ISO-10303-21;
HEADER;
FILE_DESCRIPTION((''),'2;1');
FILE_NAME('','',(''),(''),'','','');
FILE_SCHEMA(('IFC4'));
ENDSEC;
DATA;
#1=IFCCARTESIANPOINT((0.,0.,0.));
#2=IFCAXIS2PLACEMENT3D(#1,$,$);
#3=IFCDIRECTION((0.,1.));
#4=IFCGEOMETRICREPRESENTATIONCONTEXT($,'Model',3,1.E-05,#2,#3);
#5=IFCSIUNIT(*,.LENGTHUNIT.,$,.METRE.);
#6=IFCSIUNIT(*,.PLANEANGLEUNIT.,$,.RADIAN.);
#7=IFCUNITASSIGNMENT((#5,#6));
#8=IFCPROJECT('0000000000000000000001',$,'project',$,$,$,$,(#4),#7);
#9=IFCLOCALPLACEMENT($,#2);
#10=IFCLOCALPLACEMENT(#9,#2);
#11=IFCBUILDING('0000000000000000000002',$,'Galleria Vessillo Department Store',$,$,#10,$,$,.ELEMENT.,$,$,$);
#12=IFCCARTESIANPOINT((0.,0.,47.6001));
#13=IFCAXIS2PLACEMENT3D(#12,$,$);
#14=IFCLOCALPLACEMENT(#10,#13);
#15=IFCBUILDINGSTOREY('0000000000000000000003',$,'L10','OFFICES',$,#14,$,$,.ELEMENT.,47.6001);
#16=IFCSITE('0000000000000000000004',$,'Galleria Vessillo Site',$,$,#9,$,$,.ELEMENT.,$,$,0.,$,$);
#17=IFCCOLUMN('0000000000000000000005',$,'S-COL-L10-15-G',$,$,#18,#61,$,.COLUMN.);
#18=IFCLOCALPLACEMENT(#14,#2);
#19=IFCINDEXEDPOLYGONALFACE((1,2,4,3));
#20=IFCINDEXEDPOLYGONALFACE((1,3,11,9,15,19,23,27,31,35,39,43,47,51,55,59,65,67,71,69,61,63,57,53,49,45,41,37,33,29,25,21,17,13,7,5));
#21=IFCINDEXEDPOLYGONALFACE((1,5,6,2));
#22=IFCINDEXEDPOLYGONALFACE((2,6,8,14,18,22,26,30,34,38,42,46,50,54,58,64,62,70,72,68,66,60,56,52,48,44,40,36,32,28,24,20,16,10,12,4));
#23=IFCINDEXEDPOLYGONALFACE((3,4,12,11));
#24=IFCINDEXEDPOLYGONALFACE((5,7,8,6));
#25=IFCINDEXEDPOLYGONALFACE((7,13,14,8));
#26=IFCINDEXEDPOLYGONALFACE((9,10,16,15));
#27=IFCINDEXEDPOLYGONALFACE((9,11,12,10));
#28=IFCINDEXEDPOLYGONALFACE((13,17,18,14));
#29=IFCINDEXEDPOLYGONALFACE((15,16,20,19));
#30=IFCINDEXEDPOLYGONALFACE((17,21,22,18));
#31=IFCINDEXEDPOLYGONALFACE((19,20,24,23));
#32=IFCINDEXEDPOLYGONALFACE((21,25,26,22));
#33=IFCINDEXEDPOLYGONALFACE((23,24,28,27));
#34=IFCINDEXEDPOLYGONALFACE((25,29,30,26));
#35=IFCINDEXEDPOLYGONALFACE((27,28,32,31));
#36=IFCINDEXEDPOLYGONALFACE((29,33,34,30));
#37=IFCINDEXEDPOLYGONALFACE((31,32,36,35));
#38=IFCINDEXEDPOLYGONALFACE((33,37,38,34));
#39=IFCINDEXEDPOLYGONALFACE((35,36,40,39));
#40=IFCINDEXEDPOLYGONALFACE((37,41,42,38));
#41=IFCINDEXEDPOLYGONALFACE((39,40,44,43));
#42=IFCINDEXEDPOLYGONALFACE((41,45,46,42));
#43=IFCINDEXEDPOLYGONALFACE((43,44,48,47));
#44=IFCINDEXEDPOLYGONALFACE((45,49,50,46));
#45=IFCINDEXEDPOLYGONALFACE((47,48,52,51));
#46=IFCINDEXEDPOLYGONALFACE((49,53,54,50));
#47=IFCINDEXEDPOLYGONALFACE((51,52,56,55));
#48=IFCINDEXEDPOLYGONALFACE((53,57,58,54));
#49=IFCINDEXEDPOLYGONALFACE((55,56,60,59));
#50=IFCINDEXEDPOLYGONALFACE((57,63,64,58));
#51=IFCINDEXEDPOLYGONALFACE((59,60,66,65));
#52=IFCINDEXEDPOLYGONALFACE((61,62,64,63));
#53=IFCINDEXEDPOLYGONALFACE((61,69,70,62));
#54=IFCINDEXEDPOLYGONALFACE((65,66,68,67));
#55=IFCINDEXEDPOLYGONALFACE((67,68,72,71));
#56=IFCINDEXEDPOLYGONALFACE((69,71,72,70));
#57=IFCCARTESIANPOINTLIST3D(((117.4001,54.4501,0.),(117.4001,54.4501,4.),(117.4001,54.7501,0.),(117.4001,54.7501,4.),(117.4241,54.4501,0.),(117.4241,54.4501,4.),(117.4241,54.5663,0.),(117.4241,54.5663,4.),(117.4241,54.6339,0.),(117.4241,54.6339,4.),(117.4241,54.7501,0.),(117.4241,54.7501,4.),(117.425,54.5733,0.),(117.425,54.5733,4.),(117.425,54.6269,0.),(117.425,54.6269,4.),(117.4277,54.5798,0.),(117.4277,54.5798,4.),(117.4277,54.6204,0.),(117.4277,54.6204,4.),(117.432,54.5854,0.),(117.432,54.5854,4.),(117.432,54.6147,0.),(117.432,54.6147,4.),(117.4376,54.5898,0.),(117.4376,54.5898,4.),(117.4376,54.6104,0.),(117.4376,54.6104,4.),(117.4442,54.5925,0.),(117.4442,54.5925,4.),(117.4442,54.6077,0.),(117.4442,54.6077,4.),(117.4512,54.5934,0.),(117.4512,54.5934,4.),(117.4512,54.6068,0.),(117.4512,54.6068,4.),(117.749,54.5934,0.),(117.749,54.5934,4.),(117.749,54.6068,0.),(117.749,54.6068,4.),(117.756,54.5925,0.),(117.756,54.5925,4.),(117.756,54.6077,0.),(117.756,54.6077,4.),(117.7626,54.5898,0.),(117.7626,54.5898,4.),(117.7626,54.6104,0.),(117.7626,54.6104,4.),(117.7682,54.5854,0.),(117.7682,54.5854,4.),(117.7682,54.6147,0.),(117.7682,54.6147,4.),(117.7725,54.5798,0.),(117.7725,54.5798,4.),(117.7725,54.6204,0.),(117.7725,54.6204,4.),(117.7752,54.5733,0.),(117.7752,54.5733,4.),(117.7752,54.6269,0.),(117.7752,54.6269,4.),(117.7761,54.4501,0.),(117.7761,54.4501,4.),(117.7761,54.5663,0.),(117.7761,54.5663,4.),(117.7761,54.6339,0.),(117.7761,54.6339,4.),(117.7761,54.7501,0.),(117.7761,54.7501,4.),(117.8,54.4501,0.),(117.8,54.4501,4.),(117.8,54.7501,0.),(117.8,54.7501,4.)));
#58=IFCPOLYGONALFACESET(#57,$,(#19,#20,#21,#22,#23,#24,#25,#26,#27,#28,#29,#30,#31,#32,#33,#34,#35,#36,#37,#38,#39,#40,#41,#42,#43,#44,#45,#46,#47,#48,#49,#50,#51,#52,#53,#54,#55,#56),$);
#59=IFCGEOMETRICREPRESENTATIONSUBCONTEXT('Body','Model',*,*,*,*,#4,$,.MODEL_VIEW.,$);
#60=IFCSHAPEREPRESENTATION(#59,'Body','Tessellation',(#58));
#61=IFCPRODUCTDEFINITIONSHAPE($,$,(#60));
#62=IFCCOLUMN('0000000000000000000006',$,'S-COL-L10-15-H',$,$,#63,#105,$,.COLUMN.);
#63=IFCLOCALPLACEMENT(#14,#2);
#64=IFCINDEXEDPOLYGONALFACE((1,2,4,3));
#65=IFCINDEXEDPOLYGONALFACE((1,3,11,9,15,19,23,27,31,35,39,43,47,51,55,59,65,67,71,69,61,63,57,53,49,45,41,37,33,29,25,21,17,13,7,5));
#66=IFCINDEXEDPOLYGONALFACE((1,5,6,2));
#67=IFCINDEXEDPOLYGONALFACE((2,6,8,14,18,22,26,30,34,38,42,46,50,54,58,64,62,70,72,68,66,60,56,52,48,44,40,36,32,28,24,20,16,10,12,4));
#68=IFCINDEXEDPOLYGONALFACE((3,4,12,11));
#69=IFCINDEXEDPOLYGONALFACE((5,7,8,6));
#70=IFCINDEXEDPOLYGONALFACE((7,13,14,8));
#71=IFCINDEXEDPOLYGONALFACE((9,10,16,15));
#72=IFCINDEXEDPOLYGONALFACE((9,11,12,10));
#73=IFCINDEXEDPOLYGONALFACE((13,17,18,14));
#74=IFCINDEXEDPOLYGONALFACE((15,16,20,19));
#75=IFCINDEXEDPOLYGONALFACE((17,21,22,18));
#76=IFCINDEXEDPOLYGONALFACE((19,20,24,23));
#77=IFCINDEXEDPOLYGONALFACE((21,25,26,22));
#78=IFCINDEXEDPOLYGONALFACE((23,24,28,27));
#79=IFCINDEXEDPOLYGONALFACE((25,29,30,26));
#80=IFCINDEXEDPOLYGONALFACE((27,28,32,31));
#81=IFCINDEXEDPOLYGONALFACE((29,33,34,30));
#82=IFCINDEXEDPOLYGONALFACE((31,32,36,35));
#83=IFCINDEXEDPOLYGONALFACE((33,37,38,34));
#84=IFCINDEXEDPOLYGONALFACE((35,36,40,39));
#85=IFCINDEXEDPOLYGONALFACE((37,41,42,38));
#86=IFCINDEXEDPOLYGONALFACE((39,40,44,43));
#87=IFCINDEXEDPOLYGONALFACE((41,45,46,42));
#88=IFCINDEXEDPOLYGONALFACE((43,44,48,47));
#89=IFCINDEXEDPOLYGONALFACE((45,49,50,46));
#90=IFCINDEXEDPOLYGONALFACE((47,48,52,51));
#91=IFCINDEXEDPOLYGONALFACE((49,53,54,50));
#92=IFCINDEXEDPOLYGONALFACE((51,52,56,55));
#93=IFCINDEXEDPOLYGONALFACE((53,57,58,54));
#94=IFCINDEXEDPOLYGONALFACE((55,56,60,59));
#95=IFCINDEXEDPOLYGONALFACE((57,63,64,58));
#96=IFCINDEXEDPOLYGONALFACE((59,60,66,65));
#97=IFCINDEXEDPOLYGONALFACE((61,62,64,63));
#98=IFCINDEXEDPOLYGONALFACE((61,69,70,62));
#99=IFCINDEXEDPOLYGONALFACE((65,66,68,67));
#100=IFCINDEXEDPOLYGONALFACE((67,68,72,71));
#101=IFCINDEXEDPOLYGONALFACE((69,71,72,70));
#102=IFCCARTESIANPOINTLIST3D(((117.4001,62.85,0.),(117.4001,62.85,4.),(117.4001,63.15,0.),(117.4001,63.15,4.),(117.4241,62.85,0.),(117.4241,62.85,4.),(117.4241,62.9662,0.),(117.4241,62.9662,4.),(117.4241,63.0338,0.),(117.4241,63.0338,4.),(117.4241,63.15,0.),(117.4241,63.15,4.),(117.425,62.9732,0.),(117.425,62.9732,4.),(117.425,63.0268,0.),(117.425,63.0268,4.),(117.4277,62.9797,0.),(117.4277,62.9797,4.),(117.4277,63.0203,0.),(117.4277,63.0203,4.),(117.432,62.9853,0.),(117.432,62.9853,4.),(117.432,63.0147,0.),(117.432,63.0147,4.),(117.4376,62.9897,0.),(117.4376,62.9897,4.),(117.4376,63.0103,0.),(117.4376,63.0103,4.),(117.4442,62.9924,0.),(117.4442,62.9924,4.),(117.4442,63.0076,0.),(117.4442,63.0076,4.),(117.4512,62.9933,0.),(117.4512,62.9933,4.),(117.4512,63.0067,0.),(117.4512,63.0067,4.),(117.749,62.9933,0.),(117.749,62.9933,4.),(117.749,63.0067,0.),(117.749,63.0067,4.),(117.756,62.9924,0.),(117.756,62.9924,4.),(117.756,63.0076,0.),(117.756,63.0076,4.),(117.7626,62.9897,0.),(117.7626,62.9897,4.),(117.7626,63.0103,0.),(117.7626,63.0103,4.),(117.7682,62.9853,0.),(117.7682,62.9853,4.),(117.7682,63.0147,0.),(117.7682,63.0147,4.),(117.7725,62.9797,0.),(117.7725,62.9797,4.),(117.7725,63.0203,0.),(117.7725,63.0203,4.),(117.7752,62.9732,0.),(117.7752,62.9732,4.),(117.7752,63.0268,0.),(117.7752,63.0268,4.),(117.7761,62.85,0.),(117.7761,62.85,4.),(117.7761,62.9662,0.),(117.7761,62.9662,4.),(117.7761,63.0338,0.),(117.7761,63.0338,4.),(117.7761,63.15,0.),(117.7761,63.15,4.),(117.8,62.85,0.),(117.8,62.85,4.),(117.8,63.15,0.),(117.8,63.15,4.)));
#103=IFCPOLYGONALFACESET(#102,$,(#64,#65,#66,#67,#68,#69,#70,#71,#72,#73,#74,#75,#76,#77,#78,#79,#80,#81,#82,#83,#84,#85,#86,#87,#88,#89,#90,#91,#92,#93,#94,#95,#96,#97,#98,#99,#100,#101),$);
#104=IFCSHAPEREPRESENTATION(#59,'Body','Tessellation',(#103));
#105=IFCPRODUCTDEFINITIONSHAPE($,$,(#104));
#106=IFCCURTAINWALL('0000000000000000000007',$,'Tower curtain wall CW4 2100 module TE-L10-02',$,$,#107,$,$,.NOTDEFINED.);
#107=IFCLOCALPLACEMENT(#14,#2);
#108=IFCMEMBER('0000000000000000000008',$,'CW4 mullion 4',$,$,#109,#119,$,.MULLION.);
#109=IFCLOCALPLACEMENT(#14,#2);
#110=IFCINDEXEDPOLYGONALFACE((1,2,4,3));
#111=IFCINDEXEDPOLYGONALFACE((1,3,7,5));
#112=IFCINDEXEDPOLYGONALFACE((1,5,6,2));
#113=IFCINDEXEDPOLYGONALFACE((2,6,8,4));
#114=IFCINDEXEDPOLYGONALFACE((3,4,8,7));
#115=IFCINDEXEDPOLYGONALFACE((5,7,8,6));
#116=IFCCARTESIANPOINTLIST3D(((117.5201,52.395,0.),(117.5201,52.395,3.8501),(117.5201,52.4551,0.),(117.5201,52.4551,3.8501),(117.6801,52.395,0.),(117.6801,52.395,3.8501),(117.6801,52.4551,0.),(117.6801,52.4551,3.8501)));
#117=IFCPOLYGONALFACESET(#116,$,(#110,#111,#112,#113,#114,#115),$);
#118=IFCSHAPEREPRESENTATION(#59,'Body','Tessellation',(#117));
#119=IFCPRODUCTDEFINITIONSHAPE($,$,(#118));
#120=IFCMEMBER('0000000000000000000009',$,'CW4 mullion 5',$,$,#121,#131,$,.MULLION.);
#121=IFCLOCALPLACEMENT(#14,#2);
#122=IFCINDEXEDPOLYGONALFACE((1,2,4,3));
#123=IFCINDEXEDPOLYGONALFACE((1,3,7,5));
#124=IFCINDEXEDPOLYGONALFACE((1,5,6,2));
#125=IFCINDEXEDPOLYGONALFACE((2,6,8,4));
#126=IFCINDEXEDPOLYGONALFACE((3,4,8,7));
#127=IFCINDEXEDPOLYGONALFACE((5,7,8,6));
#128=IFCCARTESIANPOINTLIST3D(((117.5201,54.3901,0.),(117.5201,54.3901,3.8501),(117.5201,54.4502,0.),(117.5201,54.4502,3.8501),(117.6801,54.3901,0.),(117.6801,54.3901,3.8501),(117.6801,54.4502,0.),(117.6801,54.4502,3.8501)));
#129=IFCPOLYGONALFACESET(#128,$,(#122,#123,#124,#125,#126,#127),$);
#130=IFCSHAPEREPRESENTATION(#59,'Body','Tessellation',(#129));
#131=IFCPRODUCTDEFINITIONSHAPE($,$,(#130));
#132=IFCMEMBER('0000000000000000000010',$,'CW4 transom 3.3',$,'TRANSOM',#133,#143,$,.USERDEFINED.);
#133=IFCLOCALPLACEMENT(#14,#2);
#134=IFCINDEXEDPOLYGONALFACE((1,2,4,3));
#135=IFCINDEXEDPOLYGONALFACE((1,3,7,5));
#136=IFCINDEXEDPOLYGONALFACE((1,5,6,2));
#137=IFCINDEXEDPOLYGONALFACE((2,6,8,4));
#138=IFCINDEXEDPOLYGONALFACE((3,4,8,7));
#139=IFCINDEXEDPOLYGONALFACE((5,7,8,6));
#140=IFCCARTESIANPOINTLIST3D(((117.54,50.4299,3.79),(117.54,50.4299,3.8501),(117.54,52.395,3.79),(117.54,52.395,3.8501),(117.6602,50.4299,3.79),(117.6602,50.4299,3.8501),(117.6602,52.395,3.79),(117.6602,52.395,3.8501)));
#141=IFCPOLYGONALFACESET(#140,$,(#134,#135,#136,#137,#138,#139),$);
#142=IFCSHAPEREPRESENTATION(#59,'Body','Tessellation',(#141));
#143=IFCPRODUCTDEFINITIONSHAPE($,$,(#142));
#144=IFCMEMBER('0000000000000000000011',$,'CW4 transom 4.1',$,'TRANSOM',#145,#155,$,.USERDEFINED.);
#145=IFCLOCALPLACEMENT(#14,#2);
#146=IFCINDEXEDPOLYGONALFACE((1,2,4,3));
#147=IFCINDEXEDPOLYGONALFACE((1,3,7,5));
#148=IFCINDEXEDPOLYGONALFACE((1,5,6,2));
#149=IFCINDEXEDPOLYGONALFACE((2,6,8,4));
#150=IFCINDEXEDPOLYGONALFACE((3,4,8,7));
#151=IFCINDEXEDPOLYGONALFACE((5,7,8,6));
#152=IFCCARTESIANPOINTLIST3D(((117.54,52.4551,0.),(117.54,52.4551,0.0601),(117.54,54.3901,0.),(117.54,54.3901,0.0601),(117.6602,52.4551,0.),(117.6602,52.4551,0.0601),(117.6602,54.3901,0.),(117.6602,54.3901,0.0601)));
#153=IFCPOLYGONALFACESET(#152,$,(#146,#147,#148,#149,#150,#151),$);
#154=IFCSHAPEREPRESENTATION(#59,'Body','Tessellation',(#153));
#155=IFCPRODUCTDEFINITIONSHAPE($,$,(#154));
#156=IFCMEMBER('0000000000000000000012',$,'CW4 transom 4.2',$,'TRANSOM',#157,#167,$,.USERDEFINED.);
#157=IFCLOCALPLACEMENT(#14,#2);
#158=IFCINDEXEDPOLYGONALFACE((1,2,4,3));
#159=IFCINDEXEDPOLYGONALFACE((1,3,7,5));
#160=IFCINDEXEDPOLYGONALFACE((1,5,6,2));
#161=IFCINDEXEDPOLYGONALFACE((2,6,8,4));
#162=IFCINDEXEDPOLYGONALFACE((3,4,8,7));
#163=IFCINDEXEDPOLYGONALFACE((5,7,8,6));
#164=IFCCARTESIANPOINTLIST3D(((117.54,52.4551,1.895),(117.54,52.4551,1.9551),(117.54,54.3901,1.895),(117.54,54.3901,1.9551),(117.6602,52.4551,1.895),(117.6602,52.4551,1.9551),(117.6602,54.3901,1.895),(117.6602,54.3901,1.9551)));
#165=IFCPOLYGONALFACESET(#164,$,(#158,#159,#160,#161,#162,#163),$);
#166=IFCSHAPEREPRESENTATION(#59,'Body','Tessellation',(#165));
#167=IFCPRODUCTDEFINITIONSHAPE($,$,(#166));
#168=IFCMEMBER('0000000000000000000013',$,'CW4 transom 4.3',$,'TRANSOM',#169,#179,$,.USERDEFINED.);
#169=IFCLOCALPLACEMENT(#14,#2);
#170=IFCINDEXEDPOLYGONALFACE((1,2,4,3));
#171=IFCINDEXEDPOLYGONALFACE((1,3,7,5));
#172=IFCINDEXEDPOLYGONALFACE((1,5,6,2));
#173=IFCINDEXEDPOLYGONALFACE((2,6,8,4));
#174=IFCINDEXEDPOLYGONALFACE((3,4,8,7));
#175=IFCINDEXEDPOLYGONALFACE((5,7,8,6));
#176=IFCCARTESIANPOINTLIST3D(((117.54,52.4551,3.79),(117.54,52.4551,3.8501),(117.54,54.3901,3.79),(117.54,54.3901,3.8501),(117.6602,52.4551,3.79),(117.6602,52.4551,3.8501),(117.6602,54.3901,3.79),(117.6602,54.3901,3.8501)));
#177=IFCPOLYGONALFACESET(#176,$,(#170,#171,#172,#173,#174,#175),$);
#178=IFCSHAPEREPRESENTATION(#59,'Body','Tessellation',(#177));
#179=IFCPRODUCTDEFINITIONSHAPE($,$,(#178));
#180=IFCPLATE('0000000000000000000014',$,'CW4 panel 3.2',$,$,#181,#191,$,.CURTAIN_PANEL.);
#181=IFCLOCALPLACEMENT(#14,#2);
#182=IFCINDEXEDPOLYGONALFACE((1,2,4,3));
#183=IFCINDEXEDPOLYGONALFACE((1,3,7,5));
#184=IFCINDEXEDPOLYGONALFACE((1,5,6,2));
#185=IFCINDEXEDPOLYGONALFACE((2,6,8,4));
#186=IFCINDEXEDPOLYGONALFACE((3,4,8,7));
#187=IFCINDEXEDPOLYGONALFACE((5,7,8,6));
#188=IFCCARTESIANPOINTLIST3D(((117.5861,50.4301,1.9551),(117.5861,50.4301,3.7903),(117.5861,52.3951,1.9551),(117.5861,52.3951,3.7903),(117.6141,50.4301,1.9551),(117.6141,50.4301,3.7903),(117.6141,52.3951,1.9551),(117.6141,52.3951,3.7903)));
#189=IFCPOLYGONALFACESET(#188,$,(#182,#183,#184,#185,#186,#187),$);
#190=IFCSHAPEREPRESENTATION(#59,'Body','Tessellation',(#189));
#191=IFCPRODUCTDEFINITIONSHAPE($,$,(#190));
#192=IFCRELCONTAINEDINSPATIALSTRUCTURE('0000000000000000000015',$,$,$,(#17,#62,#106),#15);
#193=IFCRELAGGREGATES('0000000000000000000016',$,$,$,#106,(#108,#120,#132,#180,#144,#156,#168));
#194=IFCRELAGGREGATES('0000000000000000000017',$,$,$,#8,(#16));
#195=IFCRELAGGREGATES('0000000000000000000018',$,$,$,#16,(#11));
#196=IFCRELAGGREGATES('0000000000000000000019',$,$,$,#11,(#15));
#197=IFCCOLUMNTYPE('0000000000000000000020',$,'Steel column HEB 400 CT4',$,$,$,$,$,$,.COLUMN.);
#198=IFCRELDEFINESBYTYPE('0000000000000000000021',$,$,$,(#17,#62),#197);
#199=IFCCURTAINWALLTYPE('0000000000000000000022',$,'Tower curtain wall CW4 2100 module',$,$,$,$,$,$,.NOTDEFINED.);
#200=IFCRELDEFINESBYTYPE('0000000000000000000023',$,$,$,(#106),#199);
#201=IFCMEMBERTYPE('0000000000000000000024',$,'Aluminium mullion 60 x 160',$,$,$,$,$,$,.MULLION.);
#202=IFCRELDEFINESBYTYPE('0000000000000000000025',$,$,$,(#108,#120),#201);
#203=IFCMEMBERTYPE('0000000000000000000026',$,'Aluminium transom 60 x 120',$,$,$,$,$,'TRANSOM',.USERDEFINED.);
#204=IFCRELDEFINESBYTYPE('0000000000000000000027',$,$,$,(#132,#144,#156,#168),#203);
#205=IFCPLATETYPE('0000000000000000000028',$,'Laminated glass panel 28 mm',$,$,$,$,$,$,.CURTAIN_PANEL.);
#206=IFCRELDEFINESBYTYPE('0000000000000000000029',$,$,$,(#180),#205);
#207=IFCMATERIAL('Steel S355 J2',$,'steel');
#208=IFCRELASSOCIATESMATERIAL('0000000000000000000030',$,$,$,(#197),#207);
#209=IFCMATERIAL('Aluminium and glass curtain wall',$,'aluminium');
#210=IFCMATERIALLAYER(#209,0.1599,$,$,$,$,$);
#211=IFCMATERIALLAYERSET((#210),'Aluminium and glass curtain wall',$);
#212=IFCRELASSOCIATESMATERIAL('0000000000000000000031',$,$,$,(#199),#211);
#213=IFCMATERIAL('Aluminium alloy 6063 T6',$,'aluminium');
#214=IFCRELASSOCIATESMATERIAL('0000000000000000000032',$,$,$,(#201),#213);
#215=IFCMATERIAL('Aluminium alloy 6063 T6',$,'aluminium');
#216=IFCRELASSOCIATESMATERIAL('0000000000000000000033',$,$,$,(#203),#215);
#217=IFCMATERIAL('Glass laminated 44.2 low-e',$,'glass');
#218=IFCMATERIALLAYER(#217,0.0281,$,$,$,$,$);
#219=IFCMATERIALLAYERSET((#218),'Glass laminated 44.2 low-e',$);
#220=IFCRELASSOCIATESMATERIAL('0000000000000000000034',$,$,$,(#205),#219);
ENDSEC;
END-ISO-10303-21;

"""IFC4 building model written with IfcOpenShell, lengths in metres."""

from ifc_helpers import new_model, si_unit, direction, frame, origin, origin_2d, place, context, subcontext, project, spatial, rectangle, i_section, extrude, material, layer, layer_set, material_profile, profile_set, type_object, element, aggregate, save


model = new_model("IFC4")

# Units and contexts
model_context = context("Model", 3, precision=1e-05, world=origin(), true_north=direction((0.0, 1.0)))
body_context = subcontext(model_context, "Body", "Model", "MODEL_VIEW")
ifc_project = project(units=[si_unit("LENGTHUNIT", "METRE"), si_unit("PLANEANGLEUNIT", "RADIAN")], contexts=[model_context])

# Site, building, storey
site_placement = place(None, origin())
site = spatial("IfcSite", under=ifc_project, at=site_placement, Name="Galleria Vessillo Site", CompositionType="ELEMENT", RefElevation=0.0)
building_placement = place(site_placement, origin())
building = spatial("IfcBuilding", under=site, at=building_placement, Name="Galleria Vessillo Department Store", CompositionType="ELEMENT")
storey_placement = place(building_placement, frame((0.0, 0.0, 47.6001)))
storey = spatial("IfcBuildingStorey", under=building, at=storey_placement, Name="L10", Description="OFFICES", CompositionType="ELEMENT", Elevation=47.6001)

# Columns
ifc_material_1 = material(Name="Steel S355 J2", Category="steel")
ifc_material_profile_1 = material_profile(ifc_material_1, i_section(OverallWidth=0.3, OverallDepth=0.3999, WebThickness=0.0134, FlangeThickness=0.0239, FilletRadius=0.0271, at=origin_2d()), Name="HEB 400")
ifc_profile_set_1 = profile_set([ifc_material_profile_1], Name="Steel S355 J2")
column_type = type_object("IfcColumnType", Name="Steel column HEB 400 CT4", PredefinedType="COLUMN", material=ifc_profile_set_1)
for number, where, z_axis, x_axis, name in (
    (1, (117.6001, 54.6001, 0.0), (0.0, 0.0, 1.0), (0.0, 1.0, 0.0), "S-COL-L10-15-G"),
    (2, (117.6001, 63.0, 0.0), (0.0, 0.0, 1.0), (0.0, 1.0, 0.0), "S-COL-L10-15-H"),
):
    element("IfcColumn", number, at=place(storey_placement, frame(where, z_axis=z_axis, x_axis=x_axis)), inside=storey, type_object=column_type, Name=name, PredefinedType="COLUMN", context=body_context, shape_type="SweptSolid", body=[
        extrude(i_section(OverallWidth=0.3, OverallDepth=0.3999, WebThickness=0.0134, FlangeThickness=0.0239, FilletRadius=0.0271, at=origin_2d()), origin(), (0.0, 0.0, 1.0), 4.0),
    ])

# Curtain wall, members, plate
ifc_material_2 = material(Name="Aluminium and glass curtain wall", Category="aluminium")
ifc_layer_1 = layer(ifc_material_2, 0.1599)
ifc_layer_set_1 = layer_set([ifc_layer_1], Name="Aluminium and glass curtain wall")
curtain_wall_type = type_object("IfcCurtainWallType", Name="Tower curtain wall CW4 2100 module", PredefinedType="NOTDEFINED", material=ifc_layer_set_1)
curtain_wall_placement = place(storey_placement, origin())
curtain_wall = element("IfcCurtainWall", 3, at=curtain_wall_placement, inside=storey, type_object=curtain_wall_type, Name="Tower curtain wall CW4 2100 module TE-L10-02", PredefinedType="NOTDEFINED")
ifc_material_3 = material(Name="Aluminium alloy 6063 T6", Category="aluminium")
ifc_material_profile_2 = material_profile(ifc_material_3, rectangle(XDim=0.1599, YDim=0.0601, at=origin_2d()), Name="AL 60x160")
ifc_profile_set_2 = profile_set([ifc_material_profile_2], Name="Aluminium alloy 6063 T6")
member_type_1 = type_object("IfcMemberType", Name="Aluminium mullion 60 x 160", PredefinedType="MULLION", material=ifc_profile_set_2)
member_1_placement = place(storey_placement, frame((117.6001, 52.425, 0.0), z_axis=(0.0, 0.0, 1.0), x_axis=(-1.0, 0.0, 0.0)))
member_1 = element("IfcMember", 4, at=member_1_placement, type_object=member_type_1, Name="CW4 mullion 4", PredefinedType="MULLION", context=body_context, shape_type="SweptSolid", body=[
    extrude(rectangle(XDim=0.1599, YDim=0.0601, at=origin_2d()), origin(), (0.0, 0.0, 1.0), 3.8501),
])
member_2_placement = place(storey_placement, frame((117.6001, 54.4202, 0.0), z_axis=(0.0, 0.0, 1.0), x_axis=(-1.0, 0.0, 0.0)))
member_2 = element("IfcMember", 5, at=member_2_placement, type_object=member_type_1, Name="CW4 mullion 5", PredefinedType="MULLION", context=body_context, shape_type="SweptSolid", body=[
    extrude(rectangle(XDim=0.1599, YDim=0.0601, at=origin_2d()), origin(), (0.0, 0.0, 1.0), 3.8501),
])
ifc_material_4 = material(Name="Aluminium alloy 6063 T6", Category="aluminium")
ifc_material_profile_3 = material_profile(ifc_material_4, rectangle(XDim=0.1201, YDim=0.0601, at=origin_2d()), Name="AL 60x120")
ifc_profile_set_3 = profile_set([ifc_material_profile_3], Name="Aluminium alloy 6063 T6")
member_type_2 = type_object("IfcMemberType", Name="Aluminium transom 60 x 120", ElementType="TRANSOM", PredefinedType="USERDEFINED", material=ifc_profile_set_3)
member_3_placement = place(storey_placement, frame((117.6001, 50.4299, 3.8201), z_axis=(0.0, 1.0, 0.0), x_axis=(-1.0, 0.0, 0.0)))
member_3 = element("IfcMember", 6, at=member_3_placement, type_object=member_type_2, Name="CW4 transom 3.3", ObjectType="TRANSOM", PredefinedType="USERDEFINED", context=body_context, shape_type="SweptSolid", body=[
    extrude(rectangle(XDim=0.1201, YDim=0.0601, at=origin_2d()), origin(), (0.0, 0.0, 1.0), 1.9651),
])
member_4_placement = place(storey_placement, frame((117.6001, 52.4551, 0.03), z_axis=(0.0, 1.0, 0.0), x_axis=(-1.0, 0.0, 0.0)))
member_4 = element("IfcMember", 7, at=member_4_placement, type_object=member_type_2, Name="CW4 transom 4.1", ObjectType="TRANSOM", PredefinedType="USERDEFINED", context=body_context, shape_type="SweptSolid", body=[
    extrude(rectangle(XDim=0.1201, YDim=0.0601, at=origin_2d()), origin(), (0.0, 0.0, 1.0), 1.9351),
])
member_5_placement = place(storey_placement, frame((117.6001, 52.4551, 1.925), z_axis=(0.0, 1.0, 0.0), x_axis=(-1.0, 0.0, 0.0)))
member_5 = element("IfcMember", 8, at=member_5_placement, type_object=member_type_2, Name="CW4 transom 4.2", ObjectType="TRANSOM", PredefinedType="USERDEFINED", context=body_context, shape_type="SweptSolid", body=[
    extrude(rectangle(XDim=0.1201, YDim=0.0601, at=origin_2d()), origin(), (0.0, 0.0, 1.0), 1.9351),
])
member_6_placement = place(storey_placement, frame((117.6001, 52.4551, 3.8201), z_axis=(0.0, 1.0, 0.0), x_axis=(-1.0, 0.0, 0.0)))
member_6 = element("IfcMember", 9, at=member_6_placement, type_object=member_type_2, Name="CW4 transom 4.3", ObjectType="TRANSOM", PredefinedType="USERDEFINED", context=body_context, shape_type="SweptSolid", body=[
    extrude(rectangle(XDim=0.1201, YDim=0.0601, at=origin_2d()), origin(), (0.0, 0.0, 1.0), 1.9351),
])
ifc_material_5 = material(Name="Glass laminated 44.2 low-e", Category="glass")
ifc_layer_2 = layer(ifc_material_5, 0.0281)
ifc_layer_set_2 = layer_set([ifc_layer_2], Name="Glass laminated 44.2 low-e")
plate_type_1 = type_object("IfcPlateType", Name="Laminated glass panel 28 mm", PredefinedType="CURTAIN_PANEL", material=ifc_layer_set_2)
plate_1_placement = place(storey_placement, frame((117.6001, 51.4126, 1.9551), z_axis=(0.0, 0.0, 1.0), x_axis=(0.0, 1.0, 0.0)))
plate_1 = element("IfcPlate", 10, at=plate_1_placement, type_object=plate_type_1, Name="CW4 panel 3.2", PredefinedType="CURTAIN_PANEL", context=body_context, shape_type="SweptSolid", body=[
    extrude(rectangle(XDim=1.9651, YDim=0.0281, at=origin_2d()), origin(), (0.0, 0.0, 1.0), 1.8352),
])
aggregate(curtain_wall, [member_1, member_2, member_3, plate_1, member_4, member_5, member_6])

save(model, "model.ifc")
